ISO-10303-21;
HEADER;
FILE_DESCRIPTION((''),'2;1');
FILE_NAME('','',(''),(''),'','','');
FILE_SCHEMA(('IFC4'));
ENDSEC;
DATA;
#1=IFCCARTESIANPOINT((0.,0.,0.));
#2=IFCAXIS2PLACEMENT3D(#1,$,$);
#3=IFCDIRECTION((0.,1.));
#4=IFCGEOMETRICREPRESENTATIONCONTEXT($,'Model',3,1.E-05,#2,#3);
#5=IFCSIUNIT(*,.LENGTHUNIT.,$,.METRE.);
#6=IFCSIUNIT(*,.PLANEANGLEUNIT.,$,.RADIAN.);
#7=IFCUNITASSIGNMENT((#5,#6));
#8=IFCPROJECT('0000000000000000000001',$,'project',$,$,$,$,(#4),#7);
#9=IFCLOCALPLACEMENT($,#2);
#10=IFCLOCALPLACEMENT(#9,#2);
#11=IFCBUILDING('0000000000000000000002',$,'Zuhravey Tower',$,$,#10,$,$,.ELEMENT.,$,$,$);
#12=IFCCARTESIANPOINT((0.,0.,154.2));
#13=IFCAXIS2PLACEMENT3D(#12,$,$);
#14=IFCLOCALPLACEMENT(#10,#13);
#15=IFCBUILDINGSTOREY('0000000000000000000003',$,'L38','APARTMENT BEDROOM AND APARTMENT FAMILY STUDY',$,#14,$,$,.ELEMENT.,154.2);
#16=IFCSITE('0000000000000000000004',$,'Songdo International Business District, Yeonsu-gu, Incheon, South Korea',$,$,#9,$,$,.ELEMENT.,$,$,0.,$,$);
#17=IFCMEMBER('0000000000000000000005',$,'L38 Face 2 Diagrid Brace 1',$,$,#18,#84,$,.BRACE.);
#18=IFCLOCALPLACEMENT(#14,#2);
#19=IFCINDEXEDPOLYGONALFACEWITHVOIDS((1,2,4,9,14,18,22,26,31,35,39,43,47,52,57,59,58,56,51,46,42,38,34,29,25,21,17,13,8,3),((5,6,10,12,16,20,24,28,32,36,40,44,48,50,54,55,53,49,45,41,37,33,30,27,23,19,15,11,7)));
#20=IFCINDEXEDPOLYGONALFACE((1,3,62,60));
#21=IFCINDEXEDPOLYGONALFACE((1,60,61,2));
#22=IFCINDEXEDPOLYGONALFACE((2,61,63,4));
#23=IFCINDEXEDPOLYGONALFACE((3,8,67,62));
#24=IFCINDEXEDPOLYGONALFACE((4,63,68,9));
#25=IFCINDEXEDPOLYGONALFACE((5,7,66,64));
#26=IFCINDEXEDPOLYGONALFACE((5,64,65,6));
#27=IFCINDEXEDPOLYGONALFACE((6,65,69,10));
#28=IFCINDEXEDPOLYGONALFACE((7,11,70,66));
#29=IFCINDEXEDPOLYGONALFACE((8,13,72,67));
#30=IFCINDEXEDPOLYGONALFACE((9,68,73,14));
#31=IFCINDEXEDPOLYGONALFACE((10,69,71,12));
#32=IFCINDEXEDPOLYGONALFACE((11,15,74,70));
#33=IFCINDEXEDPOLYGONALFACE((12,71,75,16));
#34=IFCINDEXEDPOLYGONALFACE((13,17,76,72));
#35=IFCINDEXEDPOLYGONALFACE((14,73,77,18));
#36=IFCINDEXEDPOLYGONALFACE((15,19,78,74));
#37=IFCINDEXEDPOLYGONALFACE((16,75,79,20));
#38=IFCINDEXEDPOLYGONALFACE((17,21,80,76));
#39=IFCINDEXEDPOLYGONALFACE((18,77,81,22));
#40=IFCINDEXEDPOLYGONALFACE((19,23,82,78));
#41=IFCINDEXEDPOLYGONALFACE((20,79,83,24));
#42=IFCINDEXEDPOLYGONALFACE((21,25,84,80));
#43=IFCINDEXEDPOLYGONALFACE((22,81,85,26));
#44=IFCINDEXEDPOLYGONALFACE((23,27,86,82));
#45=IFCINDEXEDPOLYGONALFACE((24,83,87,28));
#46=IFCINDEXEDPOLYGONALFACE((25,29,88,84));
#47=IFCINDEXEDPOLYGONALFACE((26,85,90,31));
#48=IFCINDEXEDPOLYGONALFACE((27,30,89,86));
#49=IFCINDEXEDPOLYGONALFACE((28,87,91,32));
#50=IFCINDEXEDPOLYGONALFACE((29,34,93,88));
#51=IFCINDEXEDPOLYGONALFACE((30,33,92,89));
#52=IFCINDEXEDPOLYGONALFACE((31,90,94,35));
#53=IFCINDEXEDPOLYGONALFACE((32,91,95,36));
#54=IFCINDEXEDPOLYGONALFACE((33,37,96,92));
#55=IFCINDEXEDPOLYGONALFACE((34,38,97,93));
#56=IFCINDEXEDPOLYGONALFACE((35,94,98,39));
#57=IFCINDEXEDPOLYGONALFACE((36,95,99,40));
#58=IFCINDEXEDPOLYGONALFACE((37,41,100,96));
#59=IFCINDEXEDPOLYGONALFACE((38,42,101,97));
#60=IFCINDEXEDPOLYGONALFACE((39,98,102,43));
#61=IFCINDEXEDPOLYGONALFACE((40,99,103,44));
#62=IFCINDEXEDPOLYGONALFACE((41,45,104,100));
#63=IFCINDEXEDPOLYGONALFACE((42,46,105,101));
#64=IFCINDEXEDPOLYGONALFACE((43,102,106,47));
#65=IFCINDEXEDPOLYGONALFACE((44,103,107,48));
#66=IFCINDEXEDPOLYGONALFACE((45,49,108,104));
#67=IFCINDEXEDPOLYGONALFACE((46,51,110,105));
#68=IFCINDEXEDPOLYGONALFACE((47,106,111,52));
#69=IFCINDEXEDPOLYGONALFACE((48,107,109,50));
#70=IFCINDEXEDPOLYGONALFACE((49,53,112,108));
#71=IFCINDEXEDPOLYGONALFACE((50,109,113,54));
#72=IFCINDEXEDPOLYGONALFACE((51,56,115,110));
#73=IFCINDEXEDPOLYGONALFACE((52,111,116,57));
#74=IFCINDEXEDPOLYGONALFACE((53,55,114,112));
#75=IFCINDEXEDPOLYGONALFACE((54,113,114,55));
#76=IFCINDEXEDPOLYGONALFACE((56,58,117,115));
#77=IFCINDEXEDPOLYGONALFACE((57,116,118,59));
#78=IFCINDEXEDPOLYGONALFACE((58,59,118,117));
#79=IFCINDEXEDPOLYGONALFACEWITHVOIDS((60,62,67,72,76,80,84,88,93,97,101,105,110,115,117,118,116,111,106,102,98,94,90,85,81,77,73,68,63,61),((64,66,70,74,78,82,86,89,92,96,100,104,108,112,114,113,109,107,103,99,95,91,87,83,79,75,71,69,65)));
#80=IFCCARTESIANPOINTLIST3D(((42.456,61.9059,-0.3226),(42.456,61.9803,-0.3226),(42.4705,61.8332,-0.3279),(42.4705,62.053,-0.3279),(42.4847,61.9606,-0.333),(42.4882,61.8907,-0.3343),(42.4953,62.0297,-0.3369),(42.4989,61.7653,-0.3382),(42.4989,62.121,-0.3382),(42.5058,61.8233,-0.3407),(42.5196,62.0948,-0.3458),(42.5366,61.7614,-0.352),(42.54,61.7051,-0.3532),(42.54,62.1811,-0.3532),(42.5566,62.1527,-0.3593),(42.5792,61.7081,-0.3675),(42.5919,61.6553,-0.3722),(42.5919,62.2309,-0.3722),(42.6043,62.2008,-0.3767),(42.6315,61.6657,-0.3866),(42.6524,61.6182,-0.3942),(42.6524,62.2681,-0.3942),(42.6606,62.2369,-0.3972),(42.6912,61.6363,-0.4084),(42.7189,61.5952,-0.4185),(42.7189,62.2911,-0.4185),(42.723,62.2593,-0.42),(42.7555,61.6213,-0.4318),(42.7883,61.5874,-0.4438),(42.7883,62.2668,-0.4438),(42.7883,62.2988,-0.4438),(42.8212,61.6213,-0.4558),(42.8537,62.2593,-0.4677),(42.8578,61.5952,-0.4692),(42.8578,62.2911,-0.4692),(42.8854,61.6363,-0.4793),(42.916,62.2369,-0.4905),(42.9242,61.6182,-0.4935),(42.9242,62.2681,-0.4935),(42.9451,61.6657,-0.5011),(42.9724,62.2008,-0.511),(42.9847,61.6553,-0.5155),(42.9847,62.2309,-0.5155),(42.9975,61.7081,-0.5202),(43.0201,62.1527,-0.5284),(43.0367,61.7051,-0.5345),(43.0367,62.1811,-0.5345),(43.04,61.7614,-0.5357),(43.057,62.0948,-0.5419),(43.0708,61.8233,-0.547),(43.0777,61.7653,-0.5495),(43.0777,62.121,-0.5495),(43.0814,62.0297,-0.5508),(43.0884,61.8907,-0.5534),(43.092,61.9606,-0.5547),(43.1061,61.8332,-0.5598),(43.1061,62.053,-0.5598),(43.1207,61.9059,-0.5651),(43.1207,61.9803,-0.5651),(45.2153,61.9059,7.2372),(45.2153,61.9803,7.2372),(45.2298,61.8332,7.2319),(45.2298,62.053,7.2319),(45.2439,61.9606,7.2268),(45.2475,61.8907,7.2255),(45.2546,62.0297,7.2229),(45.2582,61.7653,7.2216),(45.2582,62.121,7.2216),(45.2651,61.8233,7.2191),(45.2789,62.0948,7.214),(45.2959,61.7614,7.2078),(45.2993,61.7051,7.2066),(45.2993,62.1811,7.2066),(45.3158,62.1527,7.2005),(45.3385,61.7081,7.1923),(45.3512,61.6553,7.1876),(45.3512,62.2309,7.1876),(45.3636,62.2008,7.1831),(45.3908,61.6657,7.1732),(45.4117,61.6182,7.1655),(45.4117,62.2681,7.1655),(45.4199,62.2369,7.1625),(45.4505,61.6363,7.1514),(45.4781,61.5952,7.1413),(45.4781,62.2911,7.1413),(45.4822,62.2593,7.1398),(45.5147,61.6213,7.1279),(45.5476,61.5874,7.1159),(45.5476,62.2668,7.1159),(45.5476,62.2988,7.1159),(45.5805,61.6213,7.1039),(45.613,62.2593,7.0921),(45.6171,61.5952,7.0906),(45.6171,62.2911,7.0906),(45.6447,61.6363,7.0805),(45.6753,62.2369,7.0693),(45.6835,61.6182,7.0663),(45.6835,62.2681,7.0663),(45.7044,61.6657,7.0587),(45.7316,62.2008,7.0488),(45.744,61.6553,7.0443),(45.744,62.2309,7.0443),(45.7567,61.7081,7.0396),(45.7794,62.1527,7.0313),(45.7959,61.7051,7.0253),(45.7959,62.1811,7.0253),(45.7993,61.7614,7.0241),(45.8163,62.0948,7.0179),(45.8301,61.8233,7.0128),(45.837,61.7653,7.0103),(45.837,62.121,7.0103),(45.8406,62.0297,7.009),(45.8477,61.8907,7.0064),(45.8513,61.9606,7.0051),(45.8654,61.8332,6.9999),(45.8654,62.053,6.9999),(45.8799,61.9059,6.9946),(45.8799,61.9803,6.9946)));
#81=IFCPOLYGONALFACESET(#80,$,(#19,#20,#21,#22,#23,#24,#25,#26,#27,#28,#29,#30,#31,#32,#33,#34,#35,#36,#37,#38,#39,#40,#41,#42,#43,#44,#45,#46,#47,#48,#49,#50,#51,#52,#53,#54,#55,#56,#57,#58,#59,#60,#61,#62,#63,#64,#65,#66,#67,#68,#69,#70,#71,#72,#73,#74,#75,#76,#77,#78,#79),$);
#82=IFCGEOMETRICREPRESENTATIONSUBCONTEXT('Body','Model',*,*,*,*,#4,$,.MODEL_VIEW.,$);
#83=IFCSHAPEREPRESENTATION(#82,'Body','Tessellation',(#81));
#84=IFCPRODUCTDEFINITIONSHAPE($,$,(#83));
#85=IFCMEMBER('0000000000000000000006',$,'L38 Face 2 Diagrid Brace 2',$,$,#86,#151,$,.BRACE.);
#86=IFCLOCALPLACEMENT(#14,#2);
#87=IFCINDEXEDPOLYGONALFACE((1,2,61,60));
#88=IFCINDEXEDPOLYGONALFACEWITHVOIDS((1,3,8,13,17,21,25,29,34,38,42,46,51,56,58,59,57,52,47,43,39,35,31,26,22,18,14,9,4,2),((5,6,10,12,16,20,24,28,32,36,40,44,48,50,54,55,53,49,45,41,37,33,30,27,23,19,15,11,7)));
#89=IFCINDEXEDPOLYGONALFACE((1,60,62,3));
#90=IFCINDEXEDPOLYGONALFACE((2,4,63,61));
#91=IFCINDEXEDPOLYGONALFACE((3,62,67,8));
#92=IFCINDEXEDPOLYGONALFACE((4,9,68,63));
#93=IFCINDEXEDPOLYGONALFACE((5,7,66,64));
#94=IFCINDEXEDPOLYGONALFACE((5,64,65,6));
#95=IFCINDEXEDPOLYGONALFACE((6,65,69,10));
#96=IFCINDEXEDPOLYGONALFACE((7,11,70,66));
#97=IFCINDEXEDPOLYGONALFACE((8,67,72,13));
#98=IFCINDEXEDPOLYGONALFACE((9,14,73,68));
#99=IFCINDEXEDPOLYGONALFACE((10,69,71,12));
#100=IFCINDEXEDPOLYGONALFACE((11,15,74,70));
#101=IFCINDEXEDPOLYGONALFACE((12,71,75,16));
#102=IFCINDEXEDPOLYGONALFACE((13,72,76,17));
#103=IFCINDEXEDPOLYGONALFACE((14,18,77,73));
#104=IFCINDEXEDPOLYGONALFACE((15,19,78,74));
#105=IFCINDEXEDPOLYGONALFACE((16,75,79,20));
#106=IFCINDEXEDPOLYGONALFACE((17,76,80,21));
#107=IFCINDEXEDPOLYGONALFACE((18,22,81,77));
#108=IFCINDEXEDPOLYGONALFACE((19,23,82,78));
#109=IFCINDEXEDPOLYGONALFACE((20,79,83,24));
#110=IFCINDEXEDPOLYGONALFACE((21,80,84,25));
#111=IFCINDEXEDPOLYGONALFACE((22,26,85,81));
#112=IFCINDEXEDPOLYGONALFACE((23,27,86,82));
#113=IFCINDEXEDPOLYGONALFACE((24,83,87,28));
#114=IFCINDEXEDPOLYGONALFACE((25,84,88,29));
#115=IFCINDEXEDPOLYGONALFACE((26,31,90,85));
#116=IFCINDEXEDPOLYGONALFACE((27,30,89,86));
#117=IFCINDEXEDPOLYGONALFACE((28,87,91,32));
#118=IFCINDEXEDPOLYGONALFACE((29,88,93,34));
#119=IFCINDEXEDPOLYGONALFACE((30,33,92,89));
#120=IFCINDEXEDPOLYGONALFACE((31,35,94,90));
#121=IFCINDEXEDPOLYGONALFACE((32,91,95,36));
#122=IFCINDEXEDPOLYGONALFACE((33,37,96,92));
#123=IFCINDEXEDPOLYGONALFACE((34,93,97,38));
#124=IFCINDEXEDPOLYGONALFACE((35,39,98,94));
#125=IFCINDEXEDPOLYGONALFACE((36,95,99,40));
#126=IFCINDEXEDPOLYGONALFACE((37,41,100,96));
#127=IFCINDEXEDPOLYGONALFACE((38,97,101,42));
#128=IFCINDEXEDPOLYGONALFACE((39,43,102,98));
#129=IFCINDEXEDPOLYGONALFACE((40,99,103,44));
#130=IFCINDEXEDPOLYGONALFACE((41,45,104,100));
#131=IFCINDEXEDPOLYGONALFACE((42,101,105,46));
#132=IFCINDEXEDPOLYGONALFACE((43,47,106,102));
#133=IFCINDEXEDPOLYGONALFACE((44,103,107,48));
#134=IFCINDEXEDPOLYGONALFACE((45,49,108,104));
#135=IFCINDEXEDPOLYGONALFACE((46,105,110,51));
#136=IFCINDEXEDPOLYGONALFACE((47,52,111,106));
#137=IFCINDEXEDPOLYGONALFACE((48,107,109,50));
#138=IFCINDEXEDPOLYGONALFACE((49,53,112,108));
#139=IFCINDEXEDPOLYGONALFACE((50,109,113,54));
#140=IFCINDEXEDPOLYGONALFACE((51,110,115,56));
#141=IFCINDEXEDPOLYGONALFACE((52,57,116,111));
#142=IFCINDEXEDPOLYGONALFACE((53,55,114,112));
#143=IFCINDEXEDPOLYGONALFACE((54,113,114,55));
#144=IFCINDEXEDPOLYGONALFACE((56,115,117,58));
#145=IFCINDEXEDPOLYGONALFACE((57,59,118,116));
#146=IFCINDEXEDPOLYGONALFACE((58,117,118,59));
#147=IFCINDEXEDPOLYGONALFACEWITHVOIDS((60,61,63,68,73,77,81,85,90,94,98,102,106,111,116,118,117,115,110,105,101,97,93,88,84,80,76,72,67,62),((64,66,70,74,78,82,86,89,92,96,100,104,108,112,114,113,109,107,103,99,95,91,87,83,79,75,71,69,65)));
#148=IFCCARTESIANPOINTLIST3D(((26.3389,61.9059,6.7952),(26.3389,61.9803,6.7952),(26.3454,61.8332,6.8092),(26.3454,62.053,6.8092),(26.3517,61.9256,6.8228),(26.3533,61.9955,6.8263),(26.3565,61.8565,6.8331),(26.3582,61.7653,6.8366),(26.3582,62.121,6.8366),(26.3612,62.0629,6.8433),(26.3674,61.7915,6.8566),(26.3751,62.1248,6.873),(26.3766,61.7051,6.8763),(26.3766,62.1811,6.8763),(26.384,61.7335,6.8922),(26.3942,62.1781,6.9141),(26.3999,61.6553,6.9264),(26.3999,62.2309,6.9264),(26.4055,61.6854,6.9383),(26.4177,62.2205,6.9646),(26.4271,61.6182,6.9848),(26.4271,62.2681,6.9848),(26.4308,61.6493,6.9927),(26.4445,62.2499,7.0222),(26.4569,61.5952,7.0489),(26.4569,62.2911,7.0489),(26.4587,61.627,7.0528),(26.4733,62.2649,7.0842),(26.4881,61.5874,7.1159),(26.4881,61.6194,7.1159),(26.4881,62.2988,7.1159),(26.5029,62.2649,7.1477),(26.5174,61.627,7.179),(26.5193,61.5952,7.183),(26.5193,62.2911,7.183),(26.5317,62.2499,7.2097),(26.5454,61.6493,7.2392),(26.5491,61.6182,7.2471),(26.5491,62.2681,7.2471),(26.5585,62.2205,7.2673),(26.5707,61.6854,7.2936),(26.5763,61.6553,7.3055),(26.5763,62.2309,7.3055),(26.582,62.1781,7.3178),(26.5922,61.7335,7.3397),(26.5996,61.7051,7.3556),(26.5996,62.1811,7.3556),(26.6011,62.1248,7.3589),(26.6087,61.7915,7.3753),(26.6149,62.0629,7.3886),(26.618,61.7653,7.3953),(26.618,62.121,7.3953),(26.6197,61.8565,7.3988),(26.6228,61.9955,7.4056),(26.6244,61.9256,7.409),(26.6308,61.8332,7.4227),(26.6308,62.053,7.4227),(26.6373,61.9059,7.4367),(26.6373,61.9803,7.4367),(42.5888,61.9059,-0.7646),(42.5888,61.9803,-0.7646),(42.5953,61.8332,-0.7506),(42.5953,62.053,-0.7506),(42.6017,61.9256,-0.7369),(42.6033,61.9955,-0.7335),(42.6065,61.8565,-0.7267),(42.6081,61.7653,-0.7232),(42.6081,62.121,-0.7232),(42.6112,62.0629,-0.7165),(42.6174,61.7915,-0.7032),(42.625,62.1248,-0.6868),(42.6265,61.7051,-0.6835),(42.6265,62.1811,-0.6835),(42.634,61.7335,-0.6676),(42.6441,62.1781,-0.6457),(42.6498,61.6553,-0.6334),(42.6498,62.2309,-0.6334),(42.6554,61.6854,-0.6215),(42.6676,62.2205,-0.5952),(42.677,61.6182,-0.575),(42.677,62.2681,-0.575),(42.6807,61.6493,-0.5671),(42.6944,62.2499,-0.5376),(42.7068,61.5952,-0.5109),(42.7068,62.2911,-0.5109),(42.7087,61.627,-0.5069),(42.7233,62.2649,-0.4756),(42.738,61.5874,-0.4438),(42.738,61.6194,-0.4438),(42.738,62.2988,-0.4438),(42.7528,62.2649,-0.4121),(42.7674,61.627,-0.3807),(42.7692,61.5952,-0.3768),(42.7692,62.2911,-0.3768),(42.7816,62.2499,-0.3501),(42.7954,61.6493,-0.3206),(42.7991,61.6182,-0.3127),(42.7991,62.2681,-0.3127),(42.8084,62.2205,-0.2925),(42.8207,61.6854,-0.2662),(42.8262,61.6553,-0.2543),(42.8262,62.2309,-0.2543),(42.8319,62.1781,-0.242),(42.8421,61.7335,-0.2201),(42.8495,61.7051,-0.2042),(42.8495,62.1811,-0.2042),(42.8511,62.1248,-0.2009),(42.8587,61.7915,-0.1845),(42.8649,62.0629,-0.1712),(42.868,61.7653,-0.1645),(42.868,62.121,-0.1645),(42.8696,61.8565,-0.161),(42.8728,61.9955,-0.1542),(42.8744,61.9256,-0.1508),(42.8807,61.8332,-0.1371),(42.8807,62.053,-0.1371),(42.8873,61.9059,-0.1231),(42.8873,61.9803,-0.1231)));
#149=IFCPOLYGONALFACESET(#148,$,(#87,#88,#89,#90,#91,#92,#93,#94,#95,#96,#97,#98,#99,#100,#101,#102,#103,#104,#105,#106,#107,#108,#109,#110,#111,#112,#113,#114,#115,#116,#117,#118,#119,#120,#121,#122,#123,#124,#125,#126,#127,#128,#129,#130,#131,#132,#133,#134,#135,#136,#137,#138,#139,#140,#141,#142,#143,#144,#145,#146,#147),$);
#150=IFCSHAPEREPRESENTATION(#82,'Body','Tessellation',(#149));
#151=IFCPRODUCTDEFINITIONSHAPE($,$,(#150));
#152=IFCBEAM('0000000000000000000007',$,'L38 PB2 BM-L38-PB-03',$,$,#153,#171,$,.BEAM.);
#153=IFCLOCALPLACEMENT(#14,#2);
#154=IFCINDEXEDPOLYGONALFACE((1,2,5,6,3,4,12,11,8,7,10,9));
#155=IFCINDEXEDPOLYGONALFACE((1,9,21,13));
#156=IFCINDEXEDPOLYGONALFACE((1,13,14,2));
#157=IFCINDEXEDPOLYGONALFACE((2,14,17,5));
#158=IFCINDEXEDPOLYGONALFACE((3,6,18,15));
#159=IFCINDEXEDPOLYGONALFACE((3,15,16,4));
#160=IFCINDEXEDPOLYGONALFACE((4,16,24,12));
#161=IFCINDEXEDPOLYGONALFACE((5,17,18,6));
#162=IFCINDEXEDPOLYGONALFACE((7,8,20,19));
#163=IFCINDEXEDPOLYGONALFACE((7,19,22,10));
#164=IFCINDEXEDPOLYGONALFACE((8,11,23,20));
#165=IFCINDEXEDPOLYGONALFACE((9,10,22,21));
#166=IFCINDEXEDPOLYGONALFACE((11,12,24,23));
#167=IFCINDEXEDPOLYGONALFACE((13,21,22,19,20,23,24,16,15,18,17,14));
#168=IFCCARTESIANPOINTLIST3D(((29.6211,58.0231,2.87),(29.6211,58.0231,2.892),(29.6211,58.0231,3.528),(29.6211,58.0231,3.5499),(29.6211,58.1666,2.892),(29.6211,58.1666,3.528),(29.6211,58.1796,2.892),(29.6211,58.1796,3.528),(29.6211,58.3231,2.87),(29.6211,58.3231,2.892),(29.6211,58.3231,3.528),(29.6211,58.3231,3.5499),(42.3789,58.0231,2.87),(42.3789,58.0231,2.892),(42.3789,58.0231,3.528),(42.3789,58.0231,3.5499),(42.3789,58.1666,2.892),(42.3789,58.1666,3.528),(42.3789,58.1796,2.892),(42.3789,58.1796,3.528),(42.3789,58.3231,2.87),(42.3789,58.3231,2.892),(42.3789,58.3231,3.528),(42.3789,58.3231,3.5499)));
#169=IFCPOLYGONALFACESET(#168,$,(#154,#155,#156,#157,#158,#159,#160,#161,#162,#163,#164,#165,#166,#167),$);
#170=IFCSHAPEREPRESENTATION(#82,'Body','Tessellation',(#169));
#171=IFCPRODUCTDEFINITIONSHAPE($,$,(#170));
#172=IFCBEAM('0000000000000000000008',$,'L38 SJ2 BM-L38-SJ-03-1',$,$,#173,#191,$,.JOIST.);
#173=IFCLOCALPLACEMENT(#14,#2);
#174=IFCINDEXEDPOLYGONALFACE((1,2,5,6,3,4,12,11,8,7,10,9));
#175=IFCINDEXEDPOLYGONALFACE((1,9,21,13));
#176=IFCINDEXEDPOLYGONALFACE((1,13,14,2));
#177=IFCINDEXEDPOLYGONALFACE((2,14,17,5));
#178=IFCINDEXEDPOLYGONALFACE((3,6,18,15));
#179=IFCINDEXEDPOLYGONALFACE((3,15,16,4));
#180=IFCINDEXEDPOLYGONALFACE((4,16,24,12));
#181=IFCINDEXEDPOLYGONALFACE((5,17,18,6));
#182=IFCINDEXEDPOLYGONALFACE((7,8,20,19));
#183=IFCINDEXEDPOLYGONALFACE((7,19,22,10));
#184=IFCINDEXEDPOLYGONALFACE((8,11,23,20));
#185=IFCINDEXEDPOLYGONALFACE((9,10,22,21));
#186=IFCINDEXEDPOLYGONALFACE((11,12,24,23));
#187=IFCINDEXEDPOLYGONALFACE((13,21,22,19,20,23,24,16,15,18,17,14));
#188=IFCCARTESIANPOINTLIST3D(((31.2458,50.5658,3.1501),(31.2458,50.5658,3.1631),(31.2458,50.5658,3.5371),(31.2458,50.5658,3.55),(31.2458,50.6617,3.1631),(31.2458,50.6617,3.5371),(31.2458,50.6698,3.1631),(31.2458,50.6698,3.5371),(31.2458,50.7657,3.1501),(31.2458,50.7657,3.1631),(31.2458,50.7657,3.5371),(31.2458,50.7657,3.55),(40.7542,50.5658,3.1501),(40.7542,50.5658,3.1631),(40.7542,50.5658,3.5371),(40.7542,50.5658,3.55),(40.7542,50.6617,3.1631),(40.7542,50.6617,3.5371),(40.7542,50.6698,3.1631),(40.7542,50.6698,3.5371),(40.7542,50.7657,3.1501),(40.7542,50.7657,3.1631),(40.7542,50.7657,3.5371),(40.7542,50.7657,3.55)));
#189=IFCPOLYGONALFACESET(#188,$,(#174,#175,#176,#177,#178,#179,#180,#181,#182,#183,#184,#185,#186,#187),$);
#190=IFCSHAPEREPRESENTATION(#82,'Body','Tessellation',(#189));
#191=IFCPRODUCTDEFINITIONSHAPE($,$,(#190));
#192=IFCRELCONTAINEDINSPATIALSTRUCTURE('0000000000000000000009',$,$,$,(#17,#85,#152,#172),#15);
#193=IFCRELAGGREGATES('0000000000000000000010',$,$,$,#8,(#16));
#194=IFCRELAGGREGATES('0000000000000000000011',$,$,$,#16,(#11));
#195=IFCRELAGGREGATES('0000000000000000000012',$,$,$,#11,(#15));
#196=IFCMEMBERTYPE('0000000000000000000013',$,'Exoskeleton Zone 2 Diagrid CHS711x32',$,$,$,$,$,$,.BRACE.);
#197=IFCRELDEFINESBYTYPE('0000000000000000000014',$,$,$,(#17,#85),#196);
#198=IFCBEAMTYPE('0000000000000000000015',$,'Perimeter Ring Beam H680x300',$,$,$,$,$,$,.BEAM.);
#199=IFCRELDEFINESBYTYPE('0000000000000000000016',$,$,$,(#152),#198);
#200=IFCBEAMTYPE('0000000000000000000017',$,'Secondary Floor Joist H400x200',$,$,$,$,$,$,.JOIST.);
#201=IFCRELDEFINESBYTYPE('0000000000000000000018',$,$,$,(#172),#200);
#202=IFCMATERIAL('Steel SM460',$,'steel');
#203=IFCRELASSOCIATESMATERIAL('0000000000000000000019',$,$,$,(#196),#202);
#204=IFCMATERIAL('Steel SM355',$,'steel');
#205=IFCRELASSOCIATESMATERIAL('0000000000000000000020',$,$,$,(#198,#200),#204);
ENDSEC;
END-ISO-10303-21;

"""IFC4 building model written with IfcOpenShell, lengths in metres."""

from ifc_helpers import new_model, si_unit, direction, frame, origin, origin_2d, place, context, subcontext, project, spatial, hollow_circle, i_section, extrude, material, material_profile, profile_set, type_object, element, save


model = new_model("IFC4")

# Units and contexts
model_context = context("Model", 3, precision=1e-05, world=origin(), true_north=direction((0.0, 1.0)))
body_context = subcontext(model_context, "Body", "Model", "MODEL_VIEW")
ifc_project = project(units=[si_unit("LENGTHUNIT", "METRE"), si_unit("PLANEANGLEUNIT", "RADIAN")], contexts=[model_context])

# Site, building, storey
site_placement = place(None, origin())
site = spatial("IfcSite", under=ifc_project, at=site_placement, Name="Songdo International Business District, Yeonsu-gu, Incheon, South Korea", CompositionType="ELEMENT", RefElevation=0.0)
building_placement = place(site_placement, origin())
building = spatial("IfcBuilding", under=site, at=building_placement, Name="Zuhravey Tower", CompositionType="ELEMENT")
storey_placement = place(building_placement, frame((0.0, 0.0, 154.2)))
storey = spatial("IfcBuildingStorey", under=building, at=storey_placement, Name="L38", Description="APARTMENT BEDROOM AND APARTMENT FAMILY STUDY", CompositionType="ELEMENT", Elevation=154.2)

# Members
ifc_material_1 = material(Name="Steel SM355", Category="steel")
ifc_material_2 = material(Name="Steel SM460", Category="steel")
ifc_material_profile_1 = material_profile(ifc_material_2, hollow_circle(Radius=0.3557, WallThickness=0.032, at=origin_2d()), Name="CHS-711.2x32")
ifc_profile_set_1 = profile_set([ifc_material_profile_1], Name="Steel SM460")
member_type_1 = type_object("IfcMemberType", Name="Exoskeleton Zone 2 Diagrid CHS711x32", PredefinedType="BRACE", material=ifc_profile_set_1)
member_1_placement = place(storey_placement, frame((42.7883, 61.9431, -0.4438), z_axis=(0.342868, 0.0, 0.939384), x_axis=(0.0, 1.0, 0.0)))
element("IfcMember", 1, at=member_1_placement, inside=storey, type_object=member_type_1, Name="L38 Face 2 Diagrid Brace 1", PredefinedType="BRACE", context=body_context, shape_type="SweptSolid", body=[
    extrude(hollow_circle(Radius=0.3557, WallThickness=0.032, at=origin_2d()), origin(), (0.0, 0.0, 1.0), 8.0476),
])
member_2_placement = place(storey_placement, frame((42.738, 61.9431, -0.4438), z_axis=(-0.906685, 0.0, 0.421808), x_axis=(0.0, -1.0, 0.0)))
element("IfcMember", 2, at=member_2_placement, inside=storey, type_object=member_type_1, Name="L38 Face 2 Diagrid Brace 2", PredefinedType="BRACE", context=body_context, shape_type="SweptSolid", body=[
    extrude(hollow_circle(Radius=0.3557, WallThickness=0.032, at=origin_2d()), origin(), (0.0, 0.0, 1.0), 17.9224),
])

# Beams
ifc_material_profile_2 = material_profile(ifc_material_1, i_section(OverallWidth=0.3, OverallDepth=0.6799, WebThickness=0.0129, FlangeThickness=0.022, at=origin_2d()), Name="H-680x300x13x22")
ifc_profile_set_2 = profile_set([ifc_material_profile_2], Name="Steel SM355")
beam_type_1 = type_object("IfcBeamType", Name="Perimeter Ring Beam H680x300", PredefinedType="BEAM", material=ifc_profile_set_2)
beam_1_placement = place(storey_placement, frame((42.3789, 58.1731, 3.21), z_axis=(-1.0, 0.0, 0.0), x_axis=(0.0, -1.0, 0.0)))
element("IfcBeam", 3, at=beam_1_placement, inside=storey, type_object=beam_type_1, Name="L38 PB2 BM-L38-PB-03", PredefinedType="BEAM", context=body_context, shape_type="SweptSolid", body=[
    extrude(i_section(OverallWidth=0.3, OverallDepth=0.6799, WebThickness=0.0129, FlangeThickness=0.022, at=origin_2d()), origin(), (0.0, 0.0, 1.0), 12.7578),
])
ifc_material_profile_3 = material_profile(ifc_material_1, i_section(OverallWidth=0.2, OverallDepth=0.3999, WebThickness=0.0081, FlangeThickness=0.0129, at=origin_2d()), Name="H-400x200x8x13")
ifc_profile_set_3 = profile_set([ifc_material_profile_3], Name="Steel SM355")
beam_type_2 = type_object("IfcBeamType", Name="Secondary Floor Joist H400x200", PredefinedType="JOIST", material=ifc_profile_set_3)
beam_2_placement = place(storey_placement, frame((40.7542, 50.6658, 3.3501), z_axis=(-1.0, 0.0, 0.0), x_axis=(0.0, -1.0, 0.0)))
element("IfcBeam", 4, at=beam_2_placement, inside=storey, type_object=beam_type_2, Name="L38 SJ2 BM-L38-SJ-03-1", PredefinedType="JOIST", context=body_context, shape_type="SweptSolid", body=[
    extrude(i_section(OverallWidth=0.2, OverallDepth=0.3999, WebThickness=0.0081, FlangeThickness=0.0129, at=origin_2d()), origin(), (0.0, 0.0, 1.0), 9.5083),
])

save(model, "model.ifc")
